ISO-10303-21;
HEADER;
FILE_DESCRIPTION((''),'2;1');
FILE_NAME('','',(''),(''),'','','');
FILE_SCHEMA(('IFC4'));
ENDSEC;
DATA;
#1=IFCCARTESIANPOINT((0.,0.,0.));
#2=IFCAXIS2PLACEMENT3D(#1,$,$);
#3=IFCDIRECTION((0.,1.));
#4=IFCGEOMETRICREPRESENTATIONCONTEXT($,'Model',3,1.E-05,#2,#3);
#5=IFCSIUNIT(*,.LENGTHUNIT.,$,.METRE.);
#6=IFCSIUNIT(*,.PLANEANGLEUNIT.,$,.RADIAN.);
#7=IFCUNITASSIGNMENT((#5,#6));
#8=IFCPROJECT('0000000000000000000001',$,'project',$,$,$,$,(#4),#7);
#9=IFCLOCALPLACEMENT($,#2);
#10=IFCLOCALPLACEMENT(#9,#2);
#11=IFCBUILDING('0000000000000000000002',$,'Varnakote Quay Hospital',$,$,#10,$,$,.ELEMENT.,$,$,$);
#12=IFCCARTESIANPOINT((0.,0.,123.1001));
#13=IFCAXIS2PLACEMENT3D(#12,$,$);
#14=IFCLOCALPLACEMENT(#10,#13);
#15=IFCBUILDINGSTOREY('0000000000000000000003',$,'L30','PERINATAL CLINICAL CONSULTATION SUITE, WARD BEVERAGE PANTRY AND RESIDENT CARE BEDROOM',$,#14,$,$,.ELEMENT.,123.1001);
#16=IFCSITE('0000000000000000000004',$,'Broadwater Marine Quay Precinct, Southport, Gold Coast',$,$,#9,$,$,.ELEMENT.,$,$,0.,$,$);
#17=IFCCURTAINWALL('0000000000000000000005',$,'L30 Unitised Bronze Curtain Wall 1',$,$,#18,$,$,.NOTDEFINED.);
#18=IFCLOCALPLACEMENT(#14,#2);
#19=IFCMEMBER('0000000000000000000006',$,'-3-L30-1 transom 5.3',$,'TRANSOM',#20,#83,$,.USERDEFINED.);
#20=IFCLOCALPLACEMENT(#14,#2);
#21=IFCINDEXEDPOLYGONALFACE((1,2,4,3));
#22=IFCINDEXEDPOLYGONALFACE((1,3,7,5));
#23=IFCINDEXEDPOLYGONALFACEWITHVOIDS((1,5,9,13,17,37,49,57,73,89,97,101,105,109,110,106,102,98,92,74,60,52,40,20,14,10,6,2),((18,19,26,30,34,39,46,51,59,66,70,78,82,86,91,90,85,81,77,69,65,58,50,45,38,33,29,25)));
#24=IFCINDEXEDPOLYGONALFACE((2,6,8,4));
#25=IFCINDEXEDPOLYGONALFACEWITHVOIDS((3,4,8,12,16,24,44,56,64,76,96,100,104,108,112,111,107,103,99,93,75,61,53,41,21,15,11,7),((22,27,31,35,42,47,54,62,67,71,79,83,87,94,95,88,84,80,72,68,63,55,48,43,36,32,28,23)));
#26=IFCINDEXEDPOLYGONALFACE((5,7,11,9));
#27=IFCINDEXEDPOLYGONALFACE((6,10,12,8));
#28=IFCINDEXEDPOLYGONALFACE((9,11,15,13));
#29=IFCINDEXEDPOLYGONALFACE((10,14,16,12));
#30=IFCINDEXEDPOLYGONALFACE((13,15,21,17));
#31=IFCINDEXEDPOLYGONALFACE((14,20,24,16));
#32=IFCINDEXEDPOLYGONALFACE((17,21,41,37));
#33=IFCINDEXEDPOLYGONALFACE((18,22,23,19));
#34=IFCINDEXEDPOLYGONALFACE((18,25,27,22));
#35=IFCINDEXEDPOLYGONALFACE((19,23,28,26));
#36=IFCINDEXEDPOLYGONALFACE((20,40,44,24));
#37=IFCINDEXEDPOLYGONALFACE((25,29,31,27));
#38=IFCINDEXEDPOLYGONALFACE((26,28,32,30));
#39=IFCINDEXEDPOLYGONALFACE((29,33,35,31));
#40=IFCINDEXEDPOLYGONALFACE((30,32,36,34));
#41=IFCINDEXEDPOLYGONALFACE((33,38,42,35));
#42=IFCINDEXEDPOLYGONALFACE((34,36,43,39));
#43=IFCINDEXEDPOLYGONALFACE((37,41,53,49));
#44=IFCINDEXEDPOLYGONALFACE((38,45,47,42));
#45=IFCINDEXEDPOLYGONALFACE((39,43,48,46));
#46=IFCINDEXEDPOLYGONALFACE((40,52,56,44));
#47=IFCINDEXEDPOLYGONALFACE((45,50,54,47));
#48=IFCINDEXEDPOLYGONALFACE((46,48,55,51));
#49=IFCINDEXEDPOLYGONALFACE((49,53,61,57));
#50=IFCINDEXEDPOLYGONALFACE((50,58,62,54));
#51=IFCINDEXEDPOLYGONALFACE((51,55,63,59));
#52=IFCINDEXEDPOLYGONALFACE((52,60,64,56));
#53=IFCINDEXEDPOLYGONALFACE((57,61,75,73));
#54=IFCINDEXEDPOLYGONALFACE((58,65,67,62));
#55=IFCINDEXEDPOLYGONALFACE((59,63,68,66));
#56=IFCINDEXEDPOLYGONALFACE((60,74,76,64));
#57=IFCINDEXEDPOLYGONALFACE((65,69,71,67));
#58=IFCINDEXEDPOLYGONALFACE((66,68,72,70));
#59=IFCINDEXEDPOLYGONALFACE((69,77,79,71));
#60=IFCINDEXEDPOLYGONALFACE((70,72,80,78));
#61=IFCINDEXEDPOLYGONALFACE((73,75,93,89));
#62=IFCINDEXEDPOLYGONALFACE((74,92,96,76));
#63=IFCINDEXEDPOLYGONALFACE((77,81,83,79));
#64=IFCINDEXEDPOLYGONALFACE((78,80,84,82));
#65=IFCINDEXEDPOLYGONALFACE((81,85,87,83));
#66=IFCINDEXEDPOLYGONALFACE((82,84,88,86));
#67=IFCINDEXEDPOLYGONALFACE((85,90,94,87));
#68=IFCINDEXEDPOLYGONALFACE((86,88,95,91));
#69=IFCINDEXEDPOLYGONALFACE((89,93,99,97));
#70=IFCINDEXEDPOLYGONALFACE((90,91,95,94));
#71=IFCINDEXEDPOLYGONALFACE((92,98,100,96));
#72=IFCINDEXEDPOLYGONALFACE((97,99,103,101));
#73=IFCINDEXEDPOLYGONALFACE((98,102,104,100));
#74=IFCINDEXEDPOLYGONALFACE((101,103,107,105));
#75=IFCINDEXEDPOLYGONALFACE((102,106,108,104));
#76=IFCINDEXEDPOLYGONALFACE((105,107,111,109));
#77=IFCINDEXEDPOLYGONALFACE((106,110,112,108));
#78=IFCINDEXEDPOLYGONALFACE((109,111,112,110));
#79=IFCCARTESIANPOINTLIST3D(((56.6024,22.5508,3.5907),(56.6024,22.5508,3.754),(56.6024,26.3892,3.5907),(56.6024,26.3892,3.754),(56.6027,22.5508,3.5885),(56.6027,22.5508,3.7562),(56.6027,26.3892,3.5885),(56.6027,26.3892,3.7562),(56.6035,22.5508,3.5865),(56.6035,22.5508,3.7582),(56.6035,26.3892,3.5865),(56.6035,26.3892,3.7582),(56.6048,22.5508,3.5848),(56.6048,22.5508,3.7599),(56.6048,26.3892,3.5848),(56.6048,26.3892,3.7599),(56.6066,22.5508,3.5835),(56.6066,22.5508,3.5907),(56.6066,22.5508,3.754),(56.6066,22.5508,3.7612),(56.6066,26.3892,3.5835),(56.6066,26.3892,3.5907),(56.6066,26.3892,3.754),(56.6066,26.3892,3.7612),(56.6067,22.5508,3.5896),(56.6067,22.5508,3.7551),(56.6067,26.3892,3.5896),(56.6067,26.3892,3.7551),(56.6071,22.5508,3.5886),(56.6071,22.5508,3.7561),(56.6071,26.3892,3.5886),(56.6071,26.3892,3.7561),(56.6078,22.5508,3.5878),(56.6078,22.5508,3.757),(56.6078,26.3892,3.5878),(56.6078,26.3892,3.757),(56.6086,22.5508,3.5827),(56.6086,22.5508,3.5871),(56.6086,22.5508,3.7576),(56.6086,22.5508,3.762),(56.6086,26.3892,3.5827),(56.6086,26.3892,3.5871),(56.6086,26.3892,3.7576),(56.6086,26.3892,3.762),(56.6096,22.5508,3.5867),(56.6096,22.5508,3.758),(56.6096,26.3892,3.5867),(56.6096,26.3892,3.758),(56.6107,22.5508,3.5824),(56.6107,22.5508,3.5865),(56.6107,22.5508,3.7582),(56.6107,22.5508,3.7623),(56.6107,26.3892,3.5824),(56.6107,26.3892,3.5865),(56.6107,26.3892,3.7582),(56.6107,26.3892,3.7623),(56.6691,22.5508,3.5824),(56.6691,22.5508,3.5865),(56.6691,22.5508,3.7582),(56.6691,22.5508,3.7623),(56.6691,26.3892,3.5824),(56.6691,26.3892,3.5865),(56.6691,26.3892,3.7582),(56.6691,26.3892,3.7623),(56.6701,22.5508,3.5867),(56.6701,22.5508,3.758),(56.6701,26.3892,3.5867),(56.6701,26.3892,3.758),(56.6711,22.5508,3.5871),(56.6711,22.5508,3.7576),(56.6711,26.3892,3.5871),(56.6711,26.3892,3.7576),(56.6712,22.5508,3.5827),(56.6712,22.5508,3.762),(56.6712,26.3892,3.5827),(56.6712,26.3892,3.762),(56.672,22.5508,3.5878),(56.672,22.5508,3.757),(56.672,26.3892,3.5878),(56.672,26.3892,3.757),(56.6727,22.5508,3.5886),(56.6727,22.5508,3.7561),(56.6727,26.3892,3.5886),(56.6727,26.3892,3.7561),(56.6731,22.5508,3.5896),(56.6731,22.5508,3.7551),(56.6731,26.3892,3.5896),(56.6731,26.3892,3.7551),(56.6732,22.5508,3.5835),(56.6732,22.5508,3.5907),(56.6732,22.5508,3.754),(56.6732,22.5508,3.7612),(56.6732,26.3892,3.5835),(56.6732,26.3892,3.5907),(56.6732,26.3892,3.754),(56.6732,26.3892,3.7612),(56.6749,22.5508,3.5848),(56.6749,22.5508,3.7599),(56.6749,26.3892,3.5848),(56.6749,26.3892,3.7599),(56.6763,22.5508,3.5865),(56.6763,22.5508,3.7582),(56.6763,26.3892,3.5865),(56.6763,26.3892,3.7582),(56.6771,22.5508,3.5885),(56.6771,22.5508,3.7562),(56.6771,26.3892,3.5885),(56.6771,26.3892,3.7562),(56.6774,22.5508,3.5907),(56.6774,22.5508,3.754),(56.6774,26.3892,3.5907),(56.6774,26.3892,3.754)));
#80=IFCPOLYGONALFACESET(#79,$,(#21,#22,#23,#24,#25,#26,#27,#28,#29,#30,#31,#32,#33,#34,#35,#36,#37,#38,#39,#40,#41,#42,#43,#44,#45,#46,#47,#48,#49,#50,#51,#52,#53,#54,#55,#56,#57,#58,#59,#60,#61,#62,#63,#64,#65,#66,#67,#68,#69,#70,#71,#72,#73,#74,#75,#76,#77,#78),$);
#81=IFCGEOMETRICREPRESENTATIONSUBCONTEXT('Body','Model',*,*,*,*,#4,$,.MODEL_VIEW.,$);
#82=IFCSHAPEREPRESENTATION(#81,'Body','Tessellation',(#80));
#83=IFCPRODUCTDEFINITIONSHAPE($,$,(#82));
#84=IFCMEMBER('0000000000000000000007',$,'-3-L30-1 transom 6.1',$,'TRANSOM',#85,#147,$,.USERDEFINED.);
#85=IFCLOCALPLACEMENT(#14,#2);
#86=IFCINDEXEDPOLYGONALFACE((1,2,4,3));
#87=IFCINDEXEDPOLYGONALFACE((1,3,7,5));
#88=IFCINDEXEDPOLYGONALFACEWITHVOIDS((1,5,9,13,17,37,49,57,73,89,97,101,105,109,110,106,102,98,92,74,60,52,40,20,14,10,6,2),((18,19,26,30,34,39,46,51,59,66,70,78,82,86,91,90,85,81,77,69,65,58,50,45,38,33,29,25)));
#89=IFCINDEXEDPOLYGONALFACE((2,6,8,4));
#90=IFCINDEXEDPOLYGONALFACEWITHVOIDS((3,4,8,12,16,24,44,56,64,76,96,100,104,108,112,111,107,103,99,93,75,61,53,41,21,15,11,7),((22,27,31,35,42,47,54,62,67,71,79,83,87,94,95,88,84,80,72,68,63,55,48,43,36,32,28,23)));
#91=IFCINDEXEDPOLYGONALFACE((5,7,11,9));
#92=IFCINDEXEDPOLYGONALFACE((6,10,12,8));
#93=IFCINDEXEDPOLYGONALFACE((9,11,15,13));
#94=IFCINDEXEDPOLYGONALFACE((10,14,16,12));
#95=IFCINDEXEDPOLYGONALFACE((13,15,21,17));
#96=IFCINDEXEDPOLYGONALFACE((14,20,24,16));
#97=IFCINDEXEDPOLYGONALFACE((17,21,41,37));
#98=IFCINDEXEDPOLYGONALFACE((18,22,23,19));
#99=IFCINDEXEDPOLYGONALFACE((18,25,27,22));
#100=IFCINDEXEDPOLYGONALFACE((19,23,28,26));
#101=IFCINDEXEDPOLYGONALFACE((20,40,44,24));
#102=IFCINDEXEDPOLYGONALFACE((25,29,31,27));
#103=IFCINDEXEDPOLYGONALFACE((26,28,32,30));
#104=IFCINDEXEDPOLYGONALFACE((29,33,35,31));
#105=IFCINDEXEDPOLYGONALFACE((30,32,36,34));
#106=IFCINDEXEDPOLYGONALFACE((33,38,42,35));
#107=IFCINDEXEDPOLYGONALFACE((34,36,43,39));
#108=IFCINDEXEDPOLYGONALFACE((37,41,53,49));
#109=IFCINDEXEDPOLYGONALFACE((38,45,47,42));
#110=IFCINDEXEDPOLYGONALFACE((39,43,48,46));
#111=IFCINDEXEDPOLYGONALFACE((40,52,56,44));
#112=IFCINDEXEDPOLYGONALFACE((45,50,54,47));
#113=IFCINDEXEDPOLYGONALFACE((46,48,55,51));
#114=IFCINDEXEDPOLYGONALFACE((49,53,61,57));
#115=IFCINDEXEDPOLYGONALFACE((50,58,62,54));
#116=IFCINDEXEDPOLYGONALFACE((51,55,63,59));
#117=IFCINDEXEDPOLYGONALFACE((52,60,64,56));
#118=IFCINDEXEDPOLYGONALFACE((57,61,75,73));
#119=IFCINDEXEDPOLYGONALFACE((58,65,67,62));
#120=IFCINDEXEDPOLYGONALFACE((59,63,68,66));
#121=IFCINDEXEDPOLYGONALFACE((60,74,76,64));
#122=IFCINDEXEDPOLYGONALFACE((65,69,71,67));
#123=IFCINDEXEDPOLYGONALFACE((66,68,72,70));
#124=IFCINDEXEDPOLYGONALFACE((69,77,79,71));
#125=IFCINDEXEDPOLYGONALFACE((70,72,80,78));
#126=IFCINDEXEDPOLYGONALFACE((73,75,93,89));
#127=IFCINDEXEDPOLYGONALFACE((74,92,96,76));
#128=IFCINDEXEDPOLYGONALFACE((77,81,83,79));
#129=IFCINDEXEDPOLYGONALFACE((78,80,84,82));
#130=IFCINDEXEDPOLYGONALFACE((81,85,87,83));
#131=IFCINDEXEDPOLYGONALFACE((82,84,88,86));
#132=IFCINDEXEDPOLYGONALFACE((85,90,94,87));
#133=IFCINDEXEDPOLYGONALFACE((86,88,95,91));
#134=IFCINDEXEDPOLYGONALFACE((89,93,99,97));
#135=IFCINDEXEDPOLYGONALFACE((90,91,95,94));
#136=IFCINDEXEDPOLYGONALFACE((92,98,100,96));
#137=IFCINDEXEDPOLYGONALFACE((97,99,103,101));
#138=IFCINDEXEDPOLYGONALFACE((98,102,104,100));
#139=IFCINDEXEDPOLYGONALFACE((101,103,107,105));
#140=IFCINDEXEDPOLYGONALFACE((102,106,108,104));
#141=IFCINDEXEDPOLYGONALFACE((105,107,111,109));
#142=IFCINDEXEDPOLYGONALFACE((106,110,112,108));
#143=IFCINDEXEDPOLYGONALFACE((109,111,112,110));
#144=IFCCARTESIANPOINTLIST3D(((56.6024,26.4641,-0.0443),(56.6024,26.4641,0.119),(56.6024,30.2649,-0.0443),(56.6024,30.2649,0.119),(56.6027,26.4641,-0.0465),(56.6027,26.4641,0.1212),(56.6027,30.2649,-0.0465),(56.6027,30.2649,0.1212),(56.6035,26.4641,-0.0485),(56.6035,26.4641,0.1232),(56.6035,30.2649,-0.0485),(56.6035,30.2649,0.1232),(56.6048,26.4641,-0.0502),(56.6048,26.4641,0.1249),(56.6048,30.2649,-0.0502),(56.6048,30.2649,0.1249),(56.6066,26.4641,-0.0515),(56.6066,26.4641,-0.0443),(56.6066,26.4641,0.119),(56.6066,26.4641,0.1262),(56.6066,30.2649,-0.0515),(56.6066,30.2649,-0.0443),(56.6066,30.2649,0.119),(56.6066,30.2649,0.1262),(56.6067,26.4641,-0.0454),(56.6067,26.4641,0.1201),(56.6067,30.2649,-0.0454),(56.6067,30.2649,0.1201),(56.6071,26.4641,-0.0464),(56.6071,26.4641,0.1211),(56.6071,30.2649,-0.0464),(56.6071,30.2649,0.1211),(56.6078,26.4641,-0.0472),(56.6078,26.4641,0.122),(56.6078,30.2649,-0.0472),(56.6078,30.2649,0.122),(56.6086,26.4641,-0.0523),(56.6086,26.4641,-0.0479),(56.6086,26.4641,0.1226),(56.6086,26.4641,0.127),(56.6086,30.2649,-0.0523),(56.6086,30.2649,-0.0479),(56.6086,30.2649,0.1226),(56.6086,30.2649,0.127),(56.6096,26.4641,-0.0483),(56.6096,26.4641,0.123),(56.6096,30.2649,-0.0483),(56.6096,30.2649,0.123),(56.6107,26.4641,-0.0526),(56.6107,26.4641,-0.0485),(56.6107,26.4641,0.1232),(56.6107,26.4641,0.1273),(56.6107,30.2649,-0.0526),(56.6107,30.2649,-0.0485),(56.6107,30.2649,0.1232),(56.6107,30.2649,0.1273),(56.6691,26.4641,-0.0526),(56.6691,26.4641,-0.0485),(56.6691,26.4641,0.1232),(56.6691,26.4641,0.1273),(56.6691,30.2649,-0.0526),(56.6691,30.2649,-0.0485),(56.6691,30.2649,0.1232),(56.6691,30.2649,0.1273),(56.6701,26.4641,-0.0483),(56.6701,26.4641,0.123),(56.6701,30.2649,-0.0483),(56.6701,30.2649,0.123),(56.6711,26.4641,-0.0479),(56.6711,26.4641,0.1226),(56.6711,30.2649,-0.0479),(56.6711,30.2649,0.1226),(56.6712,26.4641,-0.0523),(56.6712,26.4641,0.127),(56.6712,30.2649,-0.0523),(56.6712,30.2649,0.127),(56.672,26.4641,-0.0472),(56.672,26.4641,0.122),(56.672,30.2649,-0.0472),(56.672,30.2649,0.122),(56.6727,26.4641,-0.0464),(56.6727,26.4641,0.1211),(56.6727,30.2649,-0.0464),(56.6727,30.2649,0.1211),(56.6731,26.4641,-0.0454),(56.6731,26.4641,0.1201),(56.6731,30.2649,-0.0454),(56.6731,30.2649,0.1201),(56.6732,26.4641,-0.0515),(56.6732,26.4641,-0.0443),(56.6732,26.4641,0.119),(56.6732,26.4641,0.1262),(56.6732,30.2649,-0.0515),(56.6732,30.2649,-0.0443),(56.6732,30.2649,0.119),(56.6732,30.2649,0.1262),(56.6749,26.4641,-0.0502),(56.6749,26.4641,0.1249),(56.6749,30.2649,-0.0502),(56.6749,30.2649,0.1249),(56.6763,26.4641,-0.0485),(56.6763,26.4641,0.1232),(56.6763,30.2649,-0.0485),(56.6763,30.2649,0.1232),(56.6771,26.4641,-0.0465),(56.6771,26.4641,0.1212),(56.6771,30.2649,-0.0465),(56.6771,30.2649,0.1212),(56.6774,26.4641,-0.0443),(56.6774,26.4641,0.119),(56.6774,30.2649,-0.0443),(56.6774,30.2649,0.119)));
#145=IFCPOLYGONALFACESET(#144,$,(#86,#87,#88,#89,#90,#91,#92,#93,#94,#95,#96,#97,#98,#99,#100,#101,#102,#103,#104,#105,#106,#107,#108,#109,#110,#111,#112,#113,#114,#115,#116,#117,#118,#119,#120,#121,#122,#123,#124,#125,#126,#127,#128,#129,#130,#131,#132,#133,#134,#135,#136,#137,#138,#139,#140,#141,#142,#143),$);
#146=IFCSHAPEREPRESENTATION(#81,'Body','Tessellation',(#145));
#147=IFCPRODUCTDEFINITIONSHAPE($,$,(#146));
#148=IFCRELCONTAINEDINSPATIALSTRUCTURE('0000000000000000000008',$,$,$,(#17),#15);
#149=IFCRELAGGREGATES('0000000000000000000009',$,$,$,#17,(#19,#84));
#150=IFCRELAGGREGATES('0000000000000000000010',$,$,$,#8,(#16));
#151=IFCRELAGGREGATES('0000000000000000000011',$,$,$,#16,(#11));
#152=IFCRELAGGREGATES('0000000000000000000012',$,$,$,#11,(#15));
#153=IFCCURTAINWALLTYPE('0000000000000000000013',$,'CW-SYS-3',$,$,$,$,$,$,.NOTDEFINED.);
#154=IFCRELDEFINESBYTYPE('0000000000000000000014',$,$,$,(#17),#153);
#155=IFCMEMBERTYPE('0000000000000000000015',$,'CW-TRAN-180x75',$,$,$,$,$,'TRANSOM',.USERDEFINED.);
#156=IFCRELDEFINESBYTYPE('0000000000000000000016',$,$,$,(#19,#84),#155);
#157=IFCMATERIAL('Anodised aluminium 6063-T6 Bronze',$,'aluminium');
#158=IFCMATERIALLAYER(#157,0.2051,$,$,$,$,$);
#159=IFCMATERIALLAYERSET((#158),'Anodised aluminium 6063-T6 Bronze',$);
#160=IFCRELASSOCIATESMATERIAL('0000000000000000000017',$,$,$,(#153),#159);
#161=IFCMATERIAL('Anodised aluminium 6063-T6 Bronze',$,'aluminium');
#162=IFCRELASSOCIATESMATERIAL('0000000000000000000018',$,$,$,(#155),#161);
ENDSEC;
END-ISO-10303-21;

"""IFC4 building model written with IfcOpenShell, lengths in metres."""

from ifc_helpers import new_model, si_unit, direction, frame, origin, origin_2d, place, context, subcontext, project, spatial, hollow_rectangle, extrude, material, layer, layer_set, material_profile, profile_set, type_object, element, aggregate, save


model = new_model("IFC4")

# Units and contexts
model_context = context("Model", 3, precision=1e-05, world=origin(), true_north=direction((0.0, 1.0)))
body_context = subcontext(model_context, "Body", "Model", "MODEL_VIEW")
ifc_project = project(units=[si_unit("LENGTHUNIT", "METRE"), si_unit("PLANEANGLEUNIT", "RADIAN")], contexts=[model_context])

# Site, building, storey
site_placement = place(None, origin())
site = spatial("IfcSite", under=ifc_project, at=site_placement, Name="Broadwater Marine Quay Precinct, Southport, Gold Coast", CompositionType="ELEMENT", RefElevation=0.0)
building_placement = place(site_placement, origin())
building = spatial("IfcBuilding", under=site, at=building_placement, Name="Varnakote Quay Hospital", CompositionType="ELEMENT")
storey_placement = place(building_placement, frame((0.0, 0.0, 123.1001)))
storey = spatial("IfcBuildingStorey", under=building, at=storey_placement, Name="L30", Description="PERINATAL CLINICAL CONSULTATION SUITE, WARD BEVERAGE PANTRY AND RESIDENT CARE BEDROOM", CompositionType="ELEMENT", Elevation=123.1001)

# Curtain wall, members
ifc_material_1 = material(Name="Anodised aluminium 6063-T6 Bronze", Category="aluminium")
ifc_layer_1 = layer(ifc_material_1, 0.2051)
ifc_layer_set_1 = layer_set([ifc_layer_1], Name="Anodised aluminium 6063-T6 Bronze")
curtain_wall_type = type_object("IfcCurtainWallType", Name="CW-SYS-3", PredefinedType="NOTDEFINED", material=ifc_layer_set_1)
curtain_wall_placement = place(storey_placement, origin())
curtain_wall = element("IfcCurtainWall", 1, at=curtain_wall_placement, inside=storey, type_object=curtain_wall_type, Name="L30 Unitised Bronze Curtain Wall 1", PredefinedType="NOTDEFINED")
ifc_material_2 = material(Name="Anodised aluminium 6063-T6 Bronze", Category="aluminium")
ifc_material_profile_1 = material_profile(ifc_material_2, hollow_rectangle(XDim=0.075, YDim=0.1799, WallThickness=0.0042, InnerFilletRadius=0.0042, OuterFilletRadius=0.0083, at=origin_2d()), Name="CW-TRAN-180x75")
ifc_profile_set_1 = profile_set([ifc_material_profile_1], Name="Anodised aluminium 6063-T6 Bronze")
member_type_1 = type_object("IfcMemberType", Name="CW-TRAN-180x75", ElementType="TRANSOM", PredefinedType="USERDEFINED", material=ifc_profile_set_1)
member_1_placement = place(storey_placement, frame((56.6399, 22.5508, 3.6724), z_axis=(0.0, 1.0, 0.0), x_axis=(-1.0, 0.0, 0.0)))
member_1 = element("IfcMember", 2, at=member_1_placement, type_object=member_type_1, Name="-3-L30-1 transom 5.3", ObjectType="TRANSOM", PredefinedType="USERDEFINED", context=body_context, shape_type="SweptSolid", body=[
    extrude(hollow_rectangle(XDim=0.075, YDim=0.1799, WallThickness=0.0042, InnerFilletRadius=0.0042, OuterFilletRadius=0.0083, at=origin_2d()), origin(), (0.0, 0.0, 1.0), 3.8384),
])
member_2_placement = place(storey_placement, frame((56.6399, 26.4641, 0.0374), z_axis=(0.0, 1.0, 0.0), x_axis=(-1.0, 0.0, 0.0)))
member_2 = element("IfcMember", 3, at=member_2_placement, type_object=member_type_1, Name="-3-L30-1 transom 6.1", ObjectType="TRANSOM", PredefinedType="USERDEFINED", context=body_context, shape_type="SweptSolid", body=[
    extrude(hollow_rectangle(XDim=0.075, YDim=0.1799, WallThickness=0.0042, InnerFilletRadius=0.0042, OuterFilletRadius=0.0083, at=origin_2d()), origin(), (0.0, 0.0, 1.0), 3.8008),
])
aggregate(curtain_wall, [member_1, member_2])

save(model, "model.ifc")
